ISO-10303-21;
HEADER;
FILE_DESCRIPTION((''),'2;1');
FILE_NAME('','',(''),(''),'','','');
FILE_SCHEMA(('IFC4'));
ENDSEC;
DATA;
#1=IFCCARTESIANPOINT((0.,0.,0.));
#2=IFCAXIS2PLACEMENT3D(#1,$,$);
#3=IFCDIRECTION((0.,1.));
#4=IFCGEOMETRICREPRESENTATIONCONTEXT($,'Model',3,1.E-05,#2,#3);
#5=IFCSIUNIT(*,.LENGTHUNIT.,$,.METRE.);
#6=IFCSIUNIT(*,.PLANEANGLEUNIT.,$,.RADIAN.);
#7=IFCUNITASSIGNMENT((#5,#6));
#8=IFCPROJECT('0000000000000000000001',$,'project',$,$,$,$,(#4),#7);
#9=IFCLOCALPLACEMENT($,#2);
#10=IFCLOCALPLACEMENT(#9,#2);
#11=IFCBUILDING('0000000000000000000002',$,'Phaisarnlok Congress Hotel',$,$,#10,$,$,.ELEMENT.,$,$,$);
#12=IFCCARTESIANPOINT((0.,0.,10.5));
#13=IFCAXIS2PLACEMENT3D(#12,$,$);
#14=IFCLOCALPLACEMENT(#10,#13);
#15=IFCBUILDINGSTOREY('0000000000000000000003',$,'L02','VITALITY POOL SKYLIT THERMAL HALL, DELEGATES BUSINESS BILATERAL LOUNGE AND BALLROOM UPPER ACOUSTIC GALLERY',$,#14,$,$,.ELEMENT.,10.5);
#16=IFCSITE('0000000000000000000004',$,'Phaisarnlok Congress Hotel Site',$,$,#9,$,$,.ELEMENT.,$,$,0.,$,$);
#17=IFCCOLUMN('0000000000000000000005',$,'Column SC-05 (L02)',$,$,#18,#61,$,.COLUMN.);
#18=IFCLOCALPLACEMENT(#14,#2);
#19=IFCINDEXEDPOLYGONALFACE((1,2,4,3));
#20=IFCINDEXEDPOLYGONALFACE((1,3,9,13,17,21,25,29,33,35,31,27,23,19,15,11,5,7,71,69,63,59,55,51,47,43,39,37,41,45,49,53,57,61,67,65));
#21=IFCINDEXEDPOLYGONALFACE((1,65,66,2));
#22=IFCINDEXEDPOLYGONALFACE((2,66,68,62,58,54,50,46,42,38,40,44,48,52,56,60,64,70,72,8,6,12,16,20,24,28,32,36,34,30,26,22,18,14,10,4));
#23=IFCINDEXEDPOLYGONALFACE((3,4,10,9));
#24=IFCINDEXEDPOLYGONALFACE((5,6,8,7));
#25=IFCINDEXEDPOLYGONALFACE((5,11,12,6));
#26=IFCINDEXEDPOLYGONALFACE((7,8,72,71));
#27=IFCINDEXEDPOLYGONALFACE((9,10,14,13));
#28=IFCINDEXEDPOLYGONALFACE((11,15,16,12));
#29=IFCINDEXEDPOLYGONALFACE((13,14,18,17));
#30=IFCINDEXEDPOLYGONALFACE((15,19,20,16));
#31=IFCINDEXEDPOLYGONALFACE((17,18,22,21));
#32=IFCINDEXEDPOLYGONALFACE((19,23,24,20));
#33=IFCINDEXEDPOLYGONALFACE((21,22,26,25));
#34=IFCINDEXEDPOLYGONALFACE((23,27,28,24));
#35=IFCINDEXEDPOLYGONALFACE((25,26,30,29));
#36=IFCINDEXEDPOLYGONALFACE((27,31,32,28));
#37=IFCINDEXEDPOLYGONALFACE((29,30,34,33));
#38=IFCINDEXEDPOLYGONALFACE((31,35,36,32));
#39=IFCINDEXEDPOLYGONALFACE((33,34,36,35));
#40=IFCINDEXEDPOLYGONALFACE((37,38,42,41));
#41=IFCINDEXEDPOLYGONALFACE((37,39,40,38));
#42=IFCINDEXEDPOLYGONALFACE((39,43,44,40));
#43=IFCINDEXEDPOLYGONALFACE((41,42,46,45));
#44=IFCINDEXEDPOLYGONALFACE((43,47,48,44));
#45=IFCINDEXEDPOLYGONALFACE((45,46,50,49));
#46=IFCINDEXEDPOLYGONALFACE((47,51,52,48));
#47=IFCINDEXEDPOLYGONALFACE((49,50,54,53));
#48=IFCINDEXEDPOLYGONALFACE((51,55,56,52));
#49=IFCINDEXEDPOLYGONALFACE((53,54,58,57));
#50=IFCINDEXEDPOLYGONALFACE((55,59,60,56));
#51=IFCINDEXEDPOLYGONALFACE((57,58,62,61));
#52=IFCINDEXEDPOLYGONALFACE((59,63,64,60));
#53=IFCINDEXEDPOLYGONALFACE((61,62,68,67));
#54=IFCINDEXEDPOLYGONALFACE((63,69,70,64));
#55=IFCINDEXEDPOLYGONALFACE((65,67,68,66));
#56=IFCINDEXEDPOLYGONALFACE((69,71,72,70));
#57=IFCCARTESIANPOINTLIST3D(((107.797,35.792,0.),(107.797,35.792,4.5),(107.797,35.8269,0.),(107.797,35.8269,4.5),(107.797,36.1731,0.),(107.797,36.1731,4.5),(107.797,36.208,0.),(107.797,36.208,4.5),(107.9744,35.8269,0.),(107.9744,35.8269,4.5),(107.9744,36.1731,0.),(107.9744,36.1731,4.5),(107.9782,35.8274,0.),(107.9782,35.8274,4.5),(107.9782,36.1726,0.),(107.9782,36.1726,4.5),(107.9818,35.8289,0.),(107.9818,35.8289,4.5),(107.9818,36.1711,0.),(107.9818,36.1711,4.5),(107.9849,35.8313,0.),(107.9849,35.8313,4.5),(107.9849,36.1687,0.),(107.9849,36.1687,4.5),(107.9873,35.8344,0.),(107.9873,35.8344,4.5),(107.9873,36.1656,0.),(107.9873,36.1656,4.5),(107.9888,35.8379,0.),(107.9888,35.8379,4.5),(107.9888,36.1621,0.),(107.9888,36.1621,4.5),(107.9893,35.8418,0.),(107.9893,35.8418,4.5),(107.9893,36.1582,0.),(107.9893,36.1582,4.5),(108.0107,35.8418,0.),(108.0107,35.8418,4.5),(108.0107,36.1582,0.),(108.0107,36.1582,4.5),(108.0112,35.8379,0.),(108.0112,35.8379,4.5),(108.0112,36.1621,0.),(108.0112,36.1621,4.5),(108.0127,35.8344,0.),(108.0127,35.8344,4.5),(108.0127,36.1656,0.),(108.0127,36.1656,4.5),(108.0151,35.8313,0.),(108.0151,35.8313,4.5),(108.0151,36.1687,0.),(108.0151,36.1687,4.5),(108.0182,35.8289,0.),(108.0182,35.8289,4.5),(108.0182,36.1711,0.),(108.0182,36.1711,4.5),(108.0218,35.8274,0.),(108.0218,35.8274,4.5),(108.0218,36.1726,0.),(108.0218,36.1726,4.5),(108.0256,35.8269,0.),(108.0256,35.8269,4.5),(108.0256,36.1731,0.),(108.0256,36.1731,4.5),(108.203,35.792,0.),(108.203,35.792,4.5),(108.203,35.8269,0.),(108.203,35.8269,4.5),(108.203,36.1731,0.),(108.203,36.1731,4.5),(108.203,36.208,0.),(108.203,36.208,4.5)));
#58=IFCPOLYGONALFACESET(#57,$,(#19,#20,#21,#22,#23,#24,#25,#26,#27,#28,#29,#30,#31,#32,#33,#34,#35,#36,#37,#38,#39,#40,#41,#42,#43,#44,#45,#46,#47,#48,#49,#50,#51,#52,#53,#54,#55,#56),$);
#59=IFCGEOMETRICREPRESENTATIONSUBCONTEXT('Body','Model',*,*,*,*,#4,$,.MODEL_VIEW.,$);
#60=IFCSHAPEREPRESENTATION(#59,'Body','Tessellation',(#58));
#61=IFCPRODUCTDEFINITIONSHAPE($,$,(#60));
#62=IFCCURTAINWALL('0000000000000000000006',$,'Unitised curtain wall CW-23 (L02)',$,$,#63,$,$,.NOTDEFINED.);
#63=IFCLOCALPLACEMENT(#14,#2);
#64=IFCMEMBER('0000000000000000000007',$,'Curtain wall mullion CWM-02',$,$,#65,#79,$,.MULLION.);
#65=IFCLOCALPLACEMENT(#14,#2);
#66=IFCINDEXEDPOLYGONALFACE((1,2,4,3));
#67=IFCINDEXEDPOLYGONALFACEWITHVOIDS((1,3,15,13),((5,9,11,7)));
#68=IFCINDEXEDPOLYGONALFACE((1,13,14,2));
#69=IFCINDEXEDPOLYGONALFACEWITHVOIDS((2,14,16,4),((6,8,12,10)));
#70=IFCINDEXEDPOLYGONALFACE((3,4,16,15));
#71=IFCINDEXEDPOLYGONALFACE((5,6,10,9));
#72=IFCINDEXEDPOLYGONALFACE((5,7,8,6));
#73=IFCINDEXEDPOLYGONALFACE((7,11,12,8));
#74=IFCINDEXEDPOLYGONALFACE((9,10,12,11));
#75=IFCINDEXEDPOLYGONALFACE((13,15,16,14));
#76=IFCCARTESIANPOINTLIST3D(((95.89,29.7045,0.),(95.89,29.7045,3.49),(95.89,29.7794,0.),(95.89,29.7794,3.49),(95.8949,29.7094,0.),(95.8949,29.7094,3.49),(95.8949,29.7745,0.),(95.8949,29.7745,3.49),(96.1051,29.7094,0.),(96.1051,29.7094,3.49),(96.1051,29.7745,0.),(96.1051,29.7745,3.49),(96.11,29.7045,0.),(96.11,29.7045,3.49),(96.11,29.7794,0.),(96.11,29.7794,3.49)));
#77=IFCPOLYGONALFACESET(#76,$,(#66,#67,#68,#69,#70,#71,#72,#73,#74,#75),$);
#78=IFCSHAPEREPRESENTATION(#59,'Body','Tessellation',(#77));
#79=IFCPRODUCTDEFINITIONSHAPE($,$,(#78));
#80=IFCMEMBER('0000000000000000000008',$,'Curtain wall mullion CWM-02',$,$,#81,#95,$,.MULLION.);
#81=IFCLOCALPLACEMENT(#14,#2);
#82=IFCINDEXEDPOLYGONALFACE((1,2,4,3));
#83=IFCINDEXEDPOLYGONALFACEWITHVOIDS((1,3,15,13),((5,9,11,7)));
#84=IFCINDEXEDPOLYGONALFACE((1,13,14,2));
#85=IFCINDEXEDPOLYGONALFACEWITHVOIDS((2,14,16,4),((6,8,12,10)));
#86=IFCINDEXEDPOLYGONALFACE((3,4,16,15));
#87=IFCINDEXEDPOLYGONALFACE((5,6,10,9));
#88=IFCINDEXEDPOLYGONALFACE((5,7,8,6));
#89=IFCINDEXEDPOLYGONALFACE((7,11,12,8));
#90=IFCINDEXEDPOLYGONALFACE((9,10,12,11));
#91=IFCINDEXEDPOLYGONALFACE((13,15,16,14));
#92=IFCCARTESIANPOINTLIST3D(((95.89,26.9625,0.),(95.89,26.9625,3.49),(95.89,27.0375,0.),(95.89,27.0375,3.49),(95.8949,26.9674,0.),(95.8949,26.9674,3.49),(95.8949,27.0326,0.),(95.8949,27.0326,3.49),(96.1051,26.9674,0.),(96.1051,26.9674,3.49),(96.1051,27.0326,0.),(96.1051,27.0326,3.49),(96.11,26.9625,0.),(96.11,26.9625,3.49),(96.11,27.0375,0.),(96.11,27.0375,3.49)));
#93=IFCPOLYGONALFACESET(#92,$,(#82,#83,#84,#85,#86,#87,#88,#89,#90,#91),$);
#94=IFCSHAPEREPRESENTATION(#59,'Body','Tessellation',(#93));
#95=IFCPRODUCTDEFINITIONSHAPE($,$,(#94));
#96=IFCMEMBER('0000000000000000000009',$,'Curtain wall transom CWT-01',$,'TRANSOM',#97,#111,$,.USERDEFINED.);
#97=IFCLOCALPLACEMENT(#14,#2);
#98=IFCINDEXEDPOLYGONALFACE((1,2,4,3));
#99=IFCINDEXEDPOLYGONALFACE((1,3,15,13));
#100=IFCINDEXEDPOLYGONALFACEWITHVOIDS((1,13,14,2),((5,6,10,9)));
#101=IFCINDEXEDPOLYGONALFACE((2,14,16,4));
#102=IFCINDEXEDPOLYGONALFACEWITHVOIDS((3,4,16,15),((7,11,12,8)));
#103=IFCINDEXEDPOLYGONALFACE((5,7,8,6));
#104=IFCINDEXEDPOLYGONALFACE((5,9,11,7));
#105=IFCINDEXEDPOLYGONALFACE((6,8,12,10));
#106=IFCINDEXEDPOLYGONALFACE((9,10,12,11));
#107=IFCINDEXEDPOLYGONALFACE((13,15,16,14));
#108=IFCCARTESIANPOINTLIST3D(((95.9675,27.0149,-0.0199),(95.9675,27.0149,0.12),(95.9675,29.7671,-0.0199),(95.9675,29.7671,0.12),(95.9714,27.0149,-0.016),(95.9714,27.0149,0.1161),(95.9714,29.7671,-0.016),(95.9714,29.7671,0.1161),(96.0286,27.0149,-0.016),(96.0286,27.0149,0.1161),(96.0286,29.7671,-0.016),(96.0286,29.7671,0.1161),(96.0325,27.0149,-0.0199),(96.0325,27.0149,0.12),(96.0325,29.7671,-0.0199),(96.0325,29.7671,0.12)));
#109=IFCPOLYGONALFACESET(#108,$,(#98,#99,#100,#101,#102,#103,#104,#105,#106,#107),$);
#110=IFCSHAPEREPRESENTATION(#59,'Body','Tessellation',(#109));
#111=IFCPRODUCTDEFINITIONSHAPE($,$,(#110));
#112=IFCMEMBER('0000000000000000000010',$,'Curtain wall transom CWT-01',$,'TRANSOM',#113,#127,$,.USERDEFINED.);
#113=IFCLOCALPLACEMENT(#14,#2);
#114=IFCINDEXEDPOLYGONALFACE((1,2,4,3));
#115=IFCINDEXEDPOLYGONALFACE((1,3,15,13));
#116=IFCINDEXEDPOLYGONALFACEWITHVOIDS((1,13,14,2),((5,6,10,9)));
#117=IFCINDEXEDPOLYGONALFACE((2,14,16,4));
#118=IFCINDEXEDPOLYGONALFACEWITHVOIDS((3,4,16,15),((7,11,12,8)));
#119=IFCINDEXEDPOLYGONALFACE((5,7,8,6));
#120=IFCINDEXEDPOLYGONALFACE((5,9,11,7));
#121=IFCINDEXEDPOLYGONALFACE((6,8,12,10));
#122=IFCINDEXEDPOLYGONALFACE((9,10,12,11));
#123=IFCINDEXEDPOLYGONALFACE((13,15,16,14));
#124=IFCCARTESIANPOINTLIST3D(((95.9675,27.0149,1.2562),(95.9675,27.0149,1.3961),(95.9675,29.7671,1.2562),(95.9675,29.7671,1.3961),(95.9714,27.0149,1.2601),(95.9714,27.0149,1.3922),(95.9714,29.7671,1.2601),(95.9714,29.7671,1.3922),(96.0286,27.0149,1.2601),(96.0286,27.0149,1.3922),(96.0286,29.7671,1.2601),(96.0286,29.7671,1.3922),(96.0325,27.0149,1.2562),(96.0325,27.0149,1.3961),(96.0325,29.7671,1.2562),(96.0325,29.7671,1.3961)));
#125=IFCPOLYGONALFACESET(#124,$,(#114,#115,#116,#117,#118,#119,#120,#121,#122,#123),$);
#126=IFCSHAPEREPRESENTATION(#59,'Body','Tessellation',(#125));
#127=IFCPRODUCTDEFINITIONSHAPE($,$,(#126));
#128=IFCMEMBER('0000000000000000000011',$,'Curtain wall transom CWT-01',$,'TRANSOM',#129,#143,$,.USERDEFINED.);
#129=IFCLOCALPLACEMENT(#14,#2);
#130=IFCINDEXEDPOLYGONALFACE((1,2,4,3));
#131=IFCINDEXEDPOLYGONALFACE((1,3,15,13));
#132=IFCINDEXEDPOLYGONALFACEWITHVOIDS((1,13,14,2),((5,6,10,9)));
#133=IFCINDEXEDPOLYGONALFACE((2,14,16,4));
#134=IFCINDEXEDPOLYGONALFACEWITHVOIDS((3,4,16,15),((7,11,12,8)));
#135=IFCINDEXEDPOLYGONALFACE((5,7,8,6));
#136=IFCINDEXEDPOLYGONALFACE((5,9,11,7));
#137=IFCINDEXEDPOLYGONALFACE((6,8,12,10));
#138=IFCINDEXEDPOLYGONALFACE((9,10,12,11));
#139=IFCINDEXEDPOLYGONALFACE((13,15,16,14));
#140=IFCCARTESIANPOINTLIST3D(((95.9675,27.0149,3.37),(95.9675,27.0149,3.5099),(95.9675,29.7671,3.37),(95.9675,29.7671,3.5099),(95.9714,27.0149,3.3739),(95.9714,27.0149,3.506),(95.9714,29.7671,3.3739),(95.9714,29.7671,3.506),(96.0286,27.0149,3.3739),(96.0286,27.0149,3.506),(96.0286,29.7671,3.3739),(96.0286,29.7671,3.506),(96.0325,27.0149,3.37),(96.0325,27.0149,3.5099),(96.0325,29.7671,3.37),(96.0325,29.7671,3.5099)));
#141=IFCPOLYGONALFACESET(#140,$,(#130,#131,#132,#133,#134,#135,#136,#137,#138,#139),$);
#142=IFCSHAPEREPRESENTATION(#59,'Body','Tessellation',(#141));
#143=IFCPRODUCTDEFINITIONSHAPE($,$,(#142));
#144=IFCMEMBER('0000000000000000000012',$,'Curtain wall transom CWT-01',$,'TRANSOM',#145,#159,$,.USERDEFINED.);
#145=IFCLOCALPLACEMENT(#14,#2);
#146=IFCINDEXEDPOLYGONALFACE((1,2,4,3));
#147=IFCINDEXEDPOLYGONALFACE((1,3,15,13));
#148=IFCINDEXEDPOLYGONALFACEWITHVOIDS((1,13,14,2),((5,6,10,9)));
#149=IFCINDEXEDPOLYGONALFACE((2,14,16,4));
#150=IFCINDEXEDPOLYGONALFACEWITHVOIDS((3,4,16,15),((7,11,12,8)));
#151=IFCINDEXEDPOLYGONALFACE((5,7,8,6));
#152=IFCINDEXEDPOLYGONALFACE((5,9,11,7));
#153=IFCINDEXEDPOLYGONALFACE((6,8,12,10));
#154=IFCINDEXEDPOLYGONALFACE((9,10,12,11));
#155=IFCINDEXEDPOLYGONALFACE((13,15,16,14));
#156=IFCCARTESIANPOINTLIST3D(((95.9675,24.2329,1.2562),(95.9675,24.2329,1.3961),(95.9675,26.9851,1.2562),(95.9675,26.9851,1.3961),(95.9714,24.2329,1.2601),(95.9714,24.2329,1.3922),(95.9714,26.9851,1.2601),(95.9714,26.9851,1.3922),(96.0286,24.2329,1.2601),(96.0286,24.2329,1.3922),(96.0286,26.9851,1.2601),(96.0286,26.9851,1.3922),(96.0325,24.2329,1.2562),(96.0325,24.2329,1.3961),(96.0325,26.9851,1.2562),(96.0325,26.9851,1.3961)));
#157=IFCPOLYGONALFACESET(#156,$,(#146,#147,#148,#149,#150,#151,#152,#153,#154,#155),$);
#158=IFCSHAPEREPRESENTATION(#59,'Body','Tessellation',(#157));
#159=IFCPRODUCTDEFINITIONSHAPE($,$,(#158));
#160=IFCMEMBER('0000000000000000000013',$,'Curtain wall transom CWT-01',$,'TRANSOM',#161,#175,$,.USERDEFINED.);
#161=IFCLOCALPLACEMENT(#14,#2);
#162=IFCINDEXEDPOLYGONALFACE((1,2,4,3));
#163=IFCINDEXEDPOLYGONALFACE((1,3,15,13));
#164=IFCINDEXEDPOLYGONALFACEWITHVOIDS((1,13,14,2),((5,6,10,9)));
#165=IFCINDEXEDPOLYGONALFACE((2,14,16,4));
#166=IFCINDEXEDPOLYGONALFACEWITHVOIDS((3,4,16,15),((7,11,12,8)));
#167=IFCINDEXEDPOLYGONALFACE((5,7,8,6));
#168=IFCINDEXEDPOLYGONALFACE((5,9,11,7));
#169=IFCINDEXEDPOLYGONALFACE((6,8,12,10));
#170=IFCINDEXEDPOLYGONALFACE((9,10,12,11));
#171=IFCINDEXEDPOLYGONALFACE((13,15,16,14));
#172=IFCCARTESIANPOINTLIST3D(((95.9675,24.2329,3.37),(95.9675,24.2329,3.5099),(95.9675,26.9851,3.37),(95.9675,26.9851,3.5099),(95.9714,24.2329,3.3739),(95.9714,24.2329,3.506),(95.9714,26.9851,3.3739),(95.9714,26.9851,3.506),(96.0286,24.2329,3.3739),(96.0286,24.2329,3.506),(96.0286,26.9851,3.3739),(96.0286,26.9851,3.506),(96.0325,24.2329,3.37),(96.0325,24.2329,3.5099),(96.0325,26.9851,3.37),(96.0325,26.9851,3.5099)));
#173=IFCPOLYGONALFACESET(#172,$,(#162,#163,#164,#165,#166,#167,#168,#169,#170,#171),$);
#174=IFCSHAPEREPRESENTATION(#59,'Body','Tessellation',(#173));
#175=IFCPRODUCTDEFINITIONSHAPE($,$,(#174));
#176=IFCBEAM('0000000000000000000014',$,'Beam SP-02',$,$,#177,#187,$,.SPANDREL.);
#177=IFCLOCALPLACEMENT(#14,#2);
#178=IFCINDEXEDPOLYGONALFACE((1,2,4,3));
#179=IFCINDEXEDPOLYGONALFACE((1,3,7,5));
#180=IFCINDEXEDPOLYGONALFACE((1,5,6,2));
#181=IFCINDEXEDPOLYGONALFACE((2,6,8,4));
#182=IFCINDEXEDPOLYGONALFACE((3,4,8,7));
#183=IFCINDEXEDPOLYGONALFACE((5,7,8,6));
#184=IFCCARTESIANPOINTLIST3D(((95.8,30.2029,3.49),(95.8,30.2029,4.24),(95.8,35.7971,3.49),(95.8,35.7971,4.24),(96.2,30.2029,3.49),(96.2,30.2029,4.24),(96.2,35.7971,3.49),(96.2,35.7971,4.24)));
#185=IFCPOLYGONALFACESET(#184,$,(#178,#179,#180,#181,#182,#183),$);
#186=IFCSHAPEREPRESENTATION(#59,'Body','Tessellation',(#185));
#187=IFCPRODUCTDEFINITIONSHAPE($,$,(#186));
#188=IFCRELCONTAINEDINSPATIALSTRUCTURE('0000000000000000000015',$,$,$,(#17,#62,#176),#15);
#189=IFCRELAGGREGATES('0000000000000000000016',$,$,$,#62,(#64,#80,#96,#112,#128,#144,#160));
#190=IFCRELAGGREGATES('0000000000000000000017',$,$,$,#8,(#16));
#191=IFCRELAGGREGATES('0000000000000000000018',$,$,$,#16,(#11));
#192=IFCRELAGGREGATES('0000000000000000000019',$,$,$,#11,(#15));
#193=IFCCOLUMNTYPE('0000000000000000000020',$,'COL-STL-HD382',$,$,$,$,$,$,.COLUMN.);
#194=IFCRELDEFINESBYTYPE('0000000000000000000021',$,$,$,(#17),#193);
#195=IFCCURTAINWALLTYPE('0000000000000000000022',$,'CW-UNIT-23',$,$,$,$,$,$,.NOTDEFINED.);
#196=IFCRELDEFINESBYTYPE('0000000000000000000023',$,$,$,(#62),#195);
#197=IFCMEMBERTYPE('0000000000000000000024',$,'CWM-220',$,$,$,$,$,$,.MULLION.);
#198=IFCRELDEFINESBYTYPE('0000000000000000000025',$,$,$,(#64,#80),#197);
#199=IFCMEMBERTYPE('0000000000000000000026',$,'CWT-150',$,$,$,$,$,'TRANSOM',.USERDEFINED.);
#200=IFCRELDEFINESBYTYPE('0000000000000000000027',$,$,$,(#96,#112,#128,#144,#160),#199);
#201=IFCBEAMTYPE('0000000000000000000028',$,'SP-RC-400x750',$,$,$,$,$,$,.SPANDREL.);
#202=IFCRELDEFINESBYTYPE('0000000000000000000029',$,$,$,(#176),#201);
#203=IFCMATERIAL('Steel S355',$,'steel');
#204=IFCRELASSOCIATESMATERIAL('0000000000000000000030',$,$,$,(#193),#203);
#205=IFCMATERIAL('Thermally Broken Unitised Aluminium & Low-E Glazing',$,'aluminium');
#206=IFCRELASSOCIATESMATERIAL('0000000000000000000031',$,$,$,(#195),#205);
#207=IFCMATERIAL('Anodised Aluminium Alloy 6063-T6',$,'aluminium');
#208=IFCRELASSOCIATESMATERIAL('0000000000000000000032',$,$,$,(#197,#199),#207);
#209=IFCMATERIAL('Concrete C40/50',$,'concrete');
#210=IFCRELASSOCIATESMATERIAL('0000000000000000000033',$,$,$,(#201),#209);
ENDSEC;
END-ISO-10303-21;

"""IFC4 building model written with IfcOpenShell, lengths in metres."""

from ifc_helpers import new_model, si_unit, direction, frame, origin, origin_2d, place, context, subcontext, project, spatial, rectangle, hollow_rectangle, i_section, extrude, material, material_profile, profile_set, type_object, element, aggregate, save


model = new_model("IFC4")

# Units and contexts
model_context = context("Model", 3, precision=1e-05, world=origin(), true_north=direction((0.0, 1.0)))
body_context = subcontext(model_context, "Body", "Model", "MODEL_VIEW")
ifc_project = project(units=[si_unit("LENGTHUNIT", "METRE"), si_unit("PLANEANGLEUNIT", "RADIAN")], contexts=[model_context])

# Site, building, storey
site_placement = place(None, origin())
site = spatial("IfcSite", under=ifc_project, at=site_placement, Name="Phaisarnlok Congress Hotel Site", CompositionType="ELEMENT", RefElevation=0.0)
building_placement = place(site_placement, origin())
building = spatial("IfcBuilding", under=site, at=building_placement, Name="Phaisarnlok Congress Hotel", CompositionType="ELEMENT")
storey_placement = place(building_placement, frame((0.0, 0.0, 10.5)))
storey = spatial("IfcBuildingStorey", under=building, at=storey_placement, Name="L02", Description="VITALITY POOL SKYLIT THERMAL HALL, DELEGATES BUSINESS BILATERAL LOUNGE AND BALLROOM UPPER ACOUSTIC GALLERY", CompositionType="ELEMENT", Elevation=10.5)

# Column
ifc_material_1 = material(Name="Steel S355", Category="steel")
ifc_material_profile_1 = material_profile(ifc_material_1, i_section(OverallWidth=0.406, OverallDepth=0.416, WebThickness=0.0215, FlangeThickness=0.0349, FilletRadius=0.0149, at=origin_2d()), Name="HD 400x382")
ifc_profile_set_1 = profile_set([ifc_material_profile_1], Name="Steel S355")
column_type_1 = type_object("IfcColumnType", Name="COL-STL-HD382", PredefinedType="COLUMN", material=ifc_profile_set_1)
for number, where, z_axis, x_axis, name in (
    (1, (108.0, 36.0, 0.0), (0.0, 0.0, 1.0), (1.0, 0.0, 0.0), "Column SC-05 (L02)"),
):
    element("IfcColumn", number, at=place(storey_placement, frame(where, z_axis=z_axis, x_axis=x_axis)), inside=storey, type_object=column_type_1, Name=name, PredefinedType="COLUMN", context=body_context, shape_type="SweptSolid", body=[
        extrude(i_section(OverallWidth=0.406, OverallDepth=0.416, WebThickness=0.0215, FlangeThickness=0.0349, FilletRadius=0.0149, at=origin_2d()), origin(), (0.0, 0.0, 1.0), 4.5),
    ])

# Curtain wall, members
ifc_material_2 = material(Name="Thermally Broken Unitised Aluminium & Low-E Glazing", Category="aluminium")
curtain_wall_type = type_object("IfcCurtainWallType", Name="CW-UNIT-23", PredefinedType="NOTDEFINED", material=ifc_material_2)
curtain_wall_placement = place(storey_placement, origin())
curtain_wall = element("IfcCurtainWall", 2, at=curtain_wall_placement, inside=storey, type_object=curtain_wall_type, Name="Unitised curtain wall CW-23 (L02)", PredefinedType="NOTDEFINED")
ifc_material_3 = material(Name="Anodised Aluminium Alloy 6063-T6", Category="aluminium")
ifc_material_profile_2 = material_profile(ifc_material_3, hollow_rectangle(XDim=0.075, YDim=0.22, WallThickness=0.0049, at=origin_2d()), Name="ALU-M 75x220x5")
ifc_profile_set_2 = profile_set([ifc_material_profile_2], Name="Anodised Aluminium Alloy 6063-T6")
member_type_1 = type_object("IfcMemberType", Name="CWM-220", PredefinedType="MULLION", material=ifc_profile_set_2)
member_1_placement = place(storey_placement, frame((96.0, 29.7419, 0.0), z_axis=(0.0, 0.0, 1.0), x_axis=(0.0, -1.0, 0.0)))
member_1 = element("IfcMember", 3, at=member_1_placement, type_object=member_type_1, Name="Curtain wall mullion CWM-02", PredefinedType="MULLION", context=body_context, shape_type="SweptSolid", body=[
    extrude(hollow_rectangle(XDim=0.075, YDim=0.22, WallThickness=0.0049, at=origin_2d()), origin(), (0.0, 0.0, 1.0), 3.49),
])
member_2_placement = place(storey_placement, frame((96.0, 27.0, 0.0), z_axis=(0.0, 0.0, 1.0), x_axis=(0.0, -1.0, 0.0)))
member_2 = element("IfcMember", 4, at=member_2_placement, type_object=member_type_1, Name="Curtain wall mullion CWM-02", PredefinedType="MULLION", context=body_context, shape_type="SweptSolid", body=[
    extrude(hollow_rectangle(XDim=0.075, YDim=0.22, WallThickness=0.0049, at=origin_2d()), origin(), (0.0, 0.0, 1.0), 3.49),
])
ifc_material_profile_3 = material_profile(ifc_material_3, hollow_rectangle(XDim=0.0649, YDim=0.1399, WallThickness=0.0039, at=origin_2d()), Name="ALU-T 65x140x4")
ifc_profile_set_3 = profile_set([ifc_material_profile_3], Name="Anodised Aluminium Alloy 6063-T6")
member_type_2 = type_object("IfcMemberType", Name="CWT-150", ElementType="TRANSOM", PredefinedType="USERDEFINED", material=ifc_profile_set_3)
member_3_placement = place(storey_placement, frame((96.0, 29.7671, 0.05), z_axis=(0.0, -1.0, 0.0), x_axis=(1.0, 0.0, 0.0)))
member_3 = element("IfcMember", 5, at=member_3_placement, type_object=member_type_2, Name="Curtain wall transom CWT-01", ObjectType="TRANSOM", PredefinedType="USERDEFINED", context=body_context, shape_type="SweptSolid", body=[
    extrude(hollow_rectangle(XDim=0.0649, YDim=0.1399, WallThickness=0.0039, at=origin_2d()), origin(), (0.0, 0.0, 1.0), 2.7522),
])
member_4_placement = place(storey_placement, frame((96.0, 29.7671, 1.3262), z_axis=(0.0, -1.0, 0.0), x_axis=(1.0, 0.0, 0.0)))
member_4 = element("IfcMember", 6, at=member_4_placement, type_object=member_type_2, Name="Curtain wall transom CWT-01", ObjectType="TRANSOM", PredefinedType="USERDEFINED", context=body_context, shape_type="SweptSolid", body=[
    extrude(hollow_rectangle(XDim=0.0649, YDim=0.1399, WallThickness=0.0039, at=origin_2d()), origin(), (0.0, 0.0, 1.0), 2.7522),
])
member_5_placement = place(storey_placement, frame((96.0, 29.7671, 3.4399), z_axis=(0.0, -1.0, 0.0), x_axis=(1.0, 0.0, 0.0)))
member_5 = element("IfcMember", 7, at=member_5_placement, type_object=member_type_2, Name="Curtain wall transom CWT-01", ObjectType="TRANSOM", PredefinedType="USERDEFINED", context=body_context, shape_type="SweptSolid", body=[
    extrude(hollow_rectangle(XDim=0.0649, YDim=0.1399, WallThickness=0.0039, at=origin_2d()), origin(), (0.0, 0.0, 1.0), 2.7522),
])
member_6_placement = place(storey_placement, frame((96.0, 26.9851, 1.3262), z_axis=(0.0, -1.0, 0.0), x_axis=(1.0, 0.0, 0.0)))
member_6 = element("IfcMember", 8, at=member_6_placement, type_object=member_type_2, Name="Curtain wall transom CWT-01", ObjectType="TRANSOM", PredefinedType="USERDEFINED", context=body_context, shape_type="SweptSolid", body=[
    extrude(hollow_rectangle(XDim=0.0649, YDim=0.1399, WallThickness=0.0039, at=origin_2d()), origin(), (0.0, 0.0, 1.0), 2.7522),
])
member_7_placement = place(storey_placement, frame((96.0, 26.9851, 3.4399), z_axis=(0.0, -1.0, 0.0), x_axis=(1.0, 0.0, 0.0)))
member_7 = element("IfcMember", 9, at=member_7_placement, type_object=member_type_2, Name="Curtain wall transom CWT-01", ObjectType="TRANSOM", PredefinedType="USERDEFINED", context=body_context, shape_type="SweptSolid", body=[
    extrude(hollow_rectangle(XDim=0.0649, YDim=0.1399, WallThickness=0.0039, at=origin_2d()), origin(), (0.0, 0.0, 1.0), 2.7522),
])

# Beam
ifc_material_4 = material(Name="Concrete C40/50", Category="concrete")
ifc_material_profile_4 = material_profile(ifc_material_4, rectangle(XDim=0.3999, YDim=0.75, at=origin_2d()), Name="RC 400x750")
ifc_profile_set_4 = profile_set([ifc_material_profile_4], Name="Concrete C40/50")
beam_type = type_object("IfcBeamType", Name="SP-RC-400x750", PredefinedType="SPANDREL", material=ifc_profile_set_4)
beam_placement = place(storey_placement, frame((96.0, 30.2029, 3.865), z_axis=(0.0, 1.0, 0.0), x_axis=(-1.0, 0.0, 0.0)))
element("IfcBeam", 10, at=beam_placement, inside=storey, type_object=beam_type, Name="Beam SP-02", PredefinedType="SPANDREL", context=body_context, shape_type="SweptSolid", body=[
    extrude(rectangle(XDim=0.3999, YDim=0.75, at=origin_2d()), origin(), (0.0, 0.0, 1.0), 5.5942),
])

aggregate(curtain_wall, [member_1, member_2, member_3, member_4, member_5, member_6, member_7])

save(model, "model.ifc")
